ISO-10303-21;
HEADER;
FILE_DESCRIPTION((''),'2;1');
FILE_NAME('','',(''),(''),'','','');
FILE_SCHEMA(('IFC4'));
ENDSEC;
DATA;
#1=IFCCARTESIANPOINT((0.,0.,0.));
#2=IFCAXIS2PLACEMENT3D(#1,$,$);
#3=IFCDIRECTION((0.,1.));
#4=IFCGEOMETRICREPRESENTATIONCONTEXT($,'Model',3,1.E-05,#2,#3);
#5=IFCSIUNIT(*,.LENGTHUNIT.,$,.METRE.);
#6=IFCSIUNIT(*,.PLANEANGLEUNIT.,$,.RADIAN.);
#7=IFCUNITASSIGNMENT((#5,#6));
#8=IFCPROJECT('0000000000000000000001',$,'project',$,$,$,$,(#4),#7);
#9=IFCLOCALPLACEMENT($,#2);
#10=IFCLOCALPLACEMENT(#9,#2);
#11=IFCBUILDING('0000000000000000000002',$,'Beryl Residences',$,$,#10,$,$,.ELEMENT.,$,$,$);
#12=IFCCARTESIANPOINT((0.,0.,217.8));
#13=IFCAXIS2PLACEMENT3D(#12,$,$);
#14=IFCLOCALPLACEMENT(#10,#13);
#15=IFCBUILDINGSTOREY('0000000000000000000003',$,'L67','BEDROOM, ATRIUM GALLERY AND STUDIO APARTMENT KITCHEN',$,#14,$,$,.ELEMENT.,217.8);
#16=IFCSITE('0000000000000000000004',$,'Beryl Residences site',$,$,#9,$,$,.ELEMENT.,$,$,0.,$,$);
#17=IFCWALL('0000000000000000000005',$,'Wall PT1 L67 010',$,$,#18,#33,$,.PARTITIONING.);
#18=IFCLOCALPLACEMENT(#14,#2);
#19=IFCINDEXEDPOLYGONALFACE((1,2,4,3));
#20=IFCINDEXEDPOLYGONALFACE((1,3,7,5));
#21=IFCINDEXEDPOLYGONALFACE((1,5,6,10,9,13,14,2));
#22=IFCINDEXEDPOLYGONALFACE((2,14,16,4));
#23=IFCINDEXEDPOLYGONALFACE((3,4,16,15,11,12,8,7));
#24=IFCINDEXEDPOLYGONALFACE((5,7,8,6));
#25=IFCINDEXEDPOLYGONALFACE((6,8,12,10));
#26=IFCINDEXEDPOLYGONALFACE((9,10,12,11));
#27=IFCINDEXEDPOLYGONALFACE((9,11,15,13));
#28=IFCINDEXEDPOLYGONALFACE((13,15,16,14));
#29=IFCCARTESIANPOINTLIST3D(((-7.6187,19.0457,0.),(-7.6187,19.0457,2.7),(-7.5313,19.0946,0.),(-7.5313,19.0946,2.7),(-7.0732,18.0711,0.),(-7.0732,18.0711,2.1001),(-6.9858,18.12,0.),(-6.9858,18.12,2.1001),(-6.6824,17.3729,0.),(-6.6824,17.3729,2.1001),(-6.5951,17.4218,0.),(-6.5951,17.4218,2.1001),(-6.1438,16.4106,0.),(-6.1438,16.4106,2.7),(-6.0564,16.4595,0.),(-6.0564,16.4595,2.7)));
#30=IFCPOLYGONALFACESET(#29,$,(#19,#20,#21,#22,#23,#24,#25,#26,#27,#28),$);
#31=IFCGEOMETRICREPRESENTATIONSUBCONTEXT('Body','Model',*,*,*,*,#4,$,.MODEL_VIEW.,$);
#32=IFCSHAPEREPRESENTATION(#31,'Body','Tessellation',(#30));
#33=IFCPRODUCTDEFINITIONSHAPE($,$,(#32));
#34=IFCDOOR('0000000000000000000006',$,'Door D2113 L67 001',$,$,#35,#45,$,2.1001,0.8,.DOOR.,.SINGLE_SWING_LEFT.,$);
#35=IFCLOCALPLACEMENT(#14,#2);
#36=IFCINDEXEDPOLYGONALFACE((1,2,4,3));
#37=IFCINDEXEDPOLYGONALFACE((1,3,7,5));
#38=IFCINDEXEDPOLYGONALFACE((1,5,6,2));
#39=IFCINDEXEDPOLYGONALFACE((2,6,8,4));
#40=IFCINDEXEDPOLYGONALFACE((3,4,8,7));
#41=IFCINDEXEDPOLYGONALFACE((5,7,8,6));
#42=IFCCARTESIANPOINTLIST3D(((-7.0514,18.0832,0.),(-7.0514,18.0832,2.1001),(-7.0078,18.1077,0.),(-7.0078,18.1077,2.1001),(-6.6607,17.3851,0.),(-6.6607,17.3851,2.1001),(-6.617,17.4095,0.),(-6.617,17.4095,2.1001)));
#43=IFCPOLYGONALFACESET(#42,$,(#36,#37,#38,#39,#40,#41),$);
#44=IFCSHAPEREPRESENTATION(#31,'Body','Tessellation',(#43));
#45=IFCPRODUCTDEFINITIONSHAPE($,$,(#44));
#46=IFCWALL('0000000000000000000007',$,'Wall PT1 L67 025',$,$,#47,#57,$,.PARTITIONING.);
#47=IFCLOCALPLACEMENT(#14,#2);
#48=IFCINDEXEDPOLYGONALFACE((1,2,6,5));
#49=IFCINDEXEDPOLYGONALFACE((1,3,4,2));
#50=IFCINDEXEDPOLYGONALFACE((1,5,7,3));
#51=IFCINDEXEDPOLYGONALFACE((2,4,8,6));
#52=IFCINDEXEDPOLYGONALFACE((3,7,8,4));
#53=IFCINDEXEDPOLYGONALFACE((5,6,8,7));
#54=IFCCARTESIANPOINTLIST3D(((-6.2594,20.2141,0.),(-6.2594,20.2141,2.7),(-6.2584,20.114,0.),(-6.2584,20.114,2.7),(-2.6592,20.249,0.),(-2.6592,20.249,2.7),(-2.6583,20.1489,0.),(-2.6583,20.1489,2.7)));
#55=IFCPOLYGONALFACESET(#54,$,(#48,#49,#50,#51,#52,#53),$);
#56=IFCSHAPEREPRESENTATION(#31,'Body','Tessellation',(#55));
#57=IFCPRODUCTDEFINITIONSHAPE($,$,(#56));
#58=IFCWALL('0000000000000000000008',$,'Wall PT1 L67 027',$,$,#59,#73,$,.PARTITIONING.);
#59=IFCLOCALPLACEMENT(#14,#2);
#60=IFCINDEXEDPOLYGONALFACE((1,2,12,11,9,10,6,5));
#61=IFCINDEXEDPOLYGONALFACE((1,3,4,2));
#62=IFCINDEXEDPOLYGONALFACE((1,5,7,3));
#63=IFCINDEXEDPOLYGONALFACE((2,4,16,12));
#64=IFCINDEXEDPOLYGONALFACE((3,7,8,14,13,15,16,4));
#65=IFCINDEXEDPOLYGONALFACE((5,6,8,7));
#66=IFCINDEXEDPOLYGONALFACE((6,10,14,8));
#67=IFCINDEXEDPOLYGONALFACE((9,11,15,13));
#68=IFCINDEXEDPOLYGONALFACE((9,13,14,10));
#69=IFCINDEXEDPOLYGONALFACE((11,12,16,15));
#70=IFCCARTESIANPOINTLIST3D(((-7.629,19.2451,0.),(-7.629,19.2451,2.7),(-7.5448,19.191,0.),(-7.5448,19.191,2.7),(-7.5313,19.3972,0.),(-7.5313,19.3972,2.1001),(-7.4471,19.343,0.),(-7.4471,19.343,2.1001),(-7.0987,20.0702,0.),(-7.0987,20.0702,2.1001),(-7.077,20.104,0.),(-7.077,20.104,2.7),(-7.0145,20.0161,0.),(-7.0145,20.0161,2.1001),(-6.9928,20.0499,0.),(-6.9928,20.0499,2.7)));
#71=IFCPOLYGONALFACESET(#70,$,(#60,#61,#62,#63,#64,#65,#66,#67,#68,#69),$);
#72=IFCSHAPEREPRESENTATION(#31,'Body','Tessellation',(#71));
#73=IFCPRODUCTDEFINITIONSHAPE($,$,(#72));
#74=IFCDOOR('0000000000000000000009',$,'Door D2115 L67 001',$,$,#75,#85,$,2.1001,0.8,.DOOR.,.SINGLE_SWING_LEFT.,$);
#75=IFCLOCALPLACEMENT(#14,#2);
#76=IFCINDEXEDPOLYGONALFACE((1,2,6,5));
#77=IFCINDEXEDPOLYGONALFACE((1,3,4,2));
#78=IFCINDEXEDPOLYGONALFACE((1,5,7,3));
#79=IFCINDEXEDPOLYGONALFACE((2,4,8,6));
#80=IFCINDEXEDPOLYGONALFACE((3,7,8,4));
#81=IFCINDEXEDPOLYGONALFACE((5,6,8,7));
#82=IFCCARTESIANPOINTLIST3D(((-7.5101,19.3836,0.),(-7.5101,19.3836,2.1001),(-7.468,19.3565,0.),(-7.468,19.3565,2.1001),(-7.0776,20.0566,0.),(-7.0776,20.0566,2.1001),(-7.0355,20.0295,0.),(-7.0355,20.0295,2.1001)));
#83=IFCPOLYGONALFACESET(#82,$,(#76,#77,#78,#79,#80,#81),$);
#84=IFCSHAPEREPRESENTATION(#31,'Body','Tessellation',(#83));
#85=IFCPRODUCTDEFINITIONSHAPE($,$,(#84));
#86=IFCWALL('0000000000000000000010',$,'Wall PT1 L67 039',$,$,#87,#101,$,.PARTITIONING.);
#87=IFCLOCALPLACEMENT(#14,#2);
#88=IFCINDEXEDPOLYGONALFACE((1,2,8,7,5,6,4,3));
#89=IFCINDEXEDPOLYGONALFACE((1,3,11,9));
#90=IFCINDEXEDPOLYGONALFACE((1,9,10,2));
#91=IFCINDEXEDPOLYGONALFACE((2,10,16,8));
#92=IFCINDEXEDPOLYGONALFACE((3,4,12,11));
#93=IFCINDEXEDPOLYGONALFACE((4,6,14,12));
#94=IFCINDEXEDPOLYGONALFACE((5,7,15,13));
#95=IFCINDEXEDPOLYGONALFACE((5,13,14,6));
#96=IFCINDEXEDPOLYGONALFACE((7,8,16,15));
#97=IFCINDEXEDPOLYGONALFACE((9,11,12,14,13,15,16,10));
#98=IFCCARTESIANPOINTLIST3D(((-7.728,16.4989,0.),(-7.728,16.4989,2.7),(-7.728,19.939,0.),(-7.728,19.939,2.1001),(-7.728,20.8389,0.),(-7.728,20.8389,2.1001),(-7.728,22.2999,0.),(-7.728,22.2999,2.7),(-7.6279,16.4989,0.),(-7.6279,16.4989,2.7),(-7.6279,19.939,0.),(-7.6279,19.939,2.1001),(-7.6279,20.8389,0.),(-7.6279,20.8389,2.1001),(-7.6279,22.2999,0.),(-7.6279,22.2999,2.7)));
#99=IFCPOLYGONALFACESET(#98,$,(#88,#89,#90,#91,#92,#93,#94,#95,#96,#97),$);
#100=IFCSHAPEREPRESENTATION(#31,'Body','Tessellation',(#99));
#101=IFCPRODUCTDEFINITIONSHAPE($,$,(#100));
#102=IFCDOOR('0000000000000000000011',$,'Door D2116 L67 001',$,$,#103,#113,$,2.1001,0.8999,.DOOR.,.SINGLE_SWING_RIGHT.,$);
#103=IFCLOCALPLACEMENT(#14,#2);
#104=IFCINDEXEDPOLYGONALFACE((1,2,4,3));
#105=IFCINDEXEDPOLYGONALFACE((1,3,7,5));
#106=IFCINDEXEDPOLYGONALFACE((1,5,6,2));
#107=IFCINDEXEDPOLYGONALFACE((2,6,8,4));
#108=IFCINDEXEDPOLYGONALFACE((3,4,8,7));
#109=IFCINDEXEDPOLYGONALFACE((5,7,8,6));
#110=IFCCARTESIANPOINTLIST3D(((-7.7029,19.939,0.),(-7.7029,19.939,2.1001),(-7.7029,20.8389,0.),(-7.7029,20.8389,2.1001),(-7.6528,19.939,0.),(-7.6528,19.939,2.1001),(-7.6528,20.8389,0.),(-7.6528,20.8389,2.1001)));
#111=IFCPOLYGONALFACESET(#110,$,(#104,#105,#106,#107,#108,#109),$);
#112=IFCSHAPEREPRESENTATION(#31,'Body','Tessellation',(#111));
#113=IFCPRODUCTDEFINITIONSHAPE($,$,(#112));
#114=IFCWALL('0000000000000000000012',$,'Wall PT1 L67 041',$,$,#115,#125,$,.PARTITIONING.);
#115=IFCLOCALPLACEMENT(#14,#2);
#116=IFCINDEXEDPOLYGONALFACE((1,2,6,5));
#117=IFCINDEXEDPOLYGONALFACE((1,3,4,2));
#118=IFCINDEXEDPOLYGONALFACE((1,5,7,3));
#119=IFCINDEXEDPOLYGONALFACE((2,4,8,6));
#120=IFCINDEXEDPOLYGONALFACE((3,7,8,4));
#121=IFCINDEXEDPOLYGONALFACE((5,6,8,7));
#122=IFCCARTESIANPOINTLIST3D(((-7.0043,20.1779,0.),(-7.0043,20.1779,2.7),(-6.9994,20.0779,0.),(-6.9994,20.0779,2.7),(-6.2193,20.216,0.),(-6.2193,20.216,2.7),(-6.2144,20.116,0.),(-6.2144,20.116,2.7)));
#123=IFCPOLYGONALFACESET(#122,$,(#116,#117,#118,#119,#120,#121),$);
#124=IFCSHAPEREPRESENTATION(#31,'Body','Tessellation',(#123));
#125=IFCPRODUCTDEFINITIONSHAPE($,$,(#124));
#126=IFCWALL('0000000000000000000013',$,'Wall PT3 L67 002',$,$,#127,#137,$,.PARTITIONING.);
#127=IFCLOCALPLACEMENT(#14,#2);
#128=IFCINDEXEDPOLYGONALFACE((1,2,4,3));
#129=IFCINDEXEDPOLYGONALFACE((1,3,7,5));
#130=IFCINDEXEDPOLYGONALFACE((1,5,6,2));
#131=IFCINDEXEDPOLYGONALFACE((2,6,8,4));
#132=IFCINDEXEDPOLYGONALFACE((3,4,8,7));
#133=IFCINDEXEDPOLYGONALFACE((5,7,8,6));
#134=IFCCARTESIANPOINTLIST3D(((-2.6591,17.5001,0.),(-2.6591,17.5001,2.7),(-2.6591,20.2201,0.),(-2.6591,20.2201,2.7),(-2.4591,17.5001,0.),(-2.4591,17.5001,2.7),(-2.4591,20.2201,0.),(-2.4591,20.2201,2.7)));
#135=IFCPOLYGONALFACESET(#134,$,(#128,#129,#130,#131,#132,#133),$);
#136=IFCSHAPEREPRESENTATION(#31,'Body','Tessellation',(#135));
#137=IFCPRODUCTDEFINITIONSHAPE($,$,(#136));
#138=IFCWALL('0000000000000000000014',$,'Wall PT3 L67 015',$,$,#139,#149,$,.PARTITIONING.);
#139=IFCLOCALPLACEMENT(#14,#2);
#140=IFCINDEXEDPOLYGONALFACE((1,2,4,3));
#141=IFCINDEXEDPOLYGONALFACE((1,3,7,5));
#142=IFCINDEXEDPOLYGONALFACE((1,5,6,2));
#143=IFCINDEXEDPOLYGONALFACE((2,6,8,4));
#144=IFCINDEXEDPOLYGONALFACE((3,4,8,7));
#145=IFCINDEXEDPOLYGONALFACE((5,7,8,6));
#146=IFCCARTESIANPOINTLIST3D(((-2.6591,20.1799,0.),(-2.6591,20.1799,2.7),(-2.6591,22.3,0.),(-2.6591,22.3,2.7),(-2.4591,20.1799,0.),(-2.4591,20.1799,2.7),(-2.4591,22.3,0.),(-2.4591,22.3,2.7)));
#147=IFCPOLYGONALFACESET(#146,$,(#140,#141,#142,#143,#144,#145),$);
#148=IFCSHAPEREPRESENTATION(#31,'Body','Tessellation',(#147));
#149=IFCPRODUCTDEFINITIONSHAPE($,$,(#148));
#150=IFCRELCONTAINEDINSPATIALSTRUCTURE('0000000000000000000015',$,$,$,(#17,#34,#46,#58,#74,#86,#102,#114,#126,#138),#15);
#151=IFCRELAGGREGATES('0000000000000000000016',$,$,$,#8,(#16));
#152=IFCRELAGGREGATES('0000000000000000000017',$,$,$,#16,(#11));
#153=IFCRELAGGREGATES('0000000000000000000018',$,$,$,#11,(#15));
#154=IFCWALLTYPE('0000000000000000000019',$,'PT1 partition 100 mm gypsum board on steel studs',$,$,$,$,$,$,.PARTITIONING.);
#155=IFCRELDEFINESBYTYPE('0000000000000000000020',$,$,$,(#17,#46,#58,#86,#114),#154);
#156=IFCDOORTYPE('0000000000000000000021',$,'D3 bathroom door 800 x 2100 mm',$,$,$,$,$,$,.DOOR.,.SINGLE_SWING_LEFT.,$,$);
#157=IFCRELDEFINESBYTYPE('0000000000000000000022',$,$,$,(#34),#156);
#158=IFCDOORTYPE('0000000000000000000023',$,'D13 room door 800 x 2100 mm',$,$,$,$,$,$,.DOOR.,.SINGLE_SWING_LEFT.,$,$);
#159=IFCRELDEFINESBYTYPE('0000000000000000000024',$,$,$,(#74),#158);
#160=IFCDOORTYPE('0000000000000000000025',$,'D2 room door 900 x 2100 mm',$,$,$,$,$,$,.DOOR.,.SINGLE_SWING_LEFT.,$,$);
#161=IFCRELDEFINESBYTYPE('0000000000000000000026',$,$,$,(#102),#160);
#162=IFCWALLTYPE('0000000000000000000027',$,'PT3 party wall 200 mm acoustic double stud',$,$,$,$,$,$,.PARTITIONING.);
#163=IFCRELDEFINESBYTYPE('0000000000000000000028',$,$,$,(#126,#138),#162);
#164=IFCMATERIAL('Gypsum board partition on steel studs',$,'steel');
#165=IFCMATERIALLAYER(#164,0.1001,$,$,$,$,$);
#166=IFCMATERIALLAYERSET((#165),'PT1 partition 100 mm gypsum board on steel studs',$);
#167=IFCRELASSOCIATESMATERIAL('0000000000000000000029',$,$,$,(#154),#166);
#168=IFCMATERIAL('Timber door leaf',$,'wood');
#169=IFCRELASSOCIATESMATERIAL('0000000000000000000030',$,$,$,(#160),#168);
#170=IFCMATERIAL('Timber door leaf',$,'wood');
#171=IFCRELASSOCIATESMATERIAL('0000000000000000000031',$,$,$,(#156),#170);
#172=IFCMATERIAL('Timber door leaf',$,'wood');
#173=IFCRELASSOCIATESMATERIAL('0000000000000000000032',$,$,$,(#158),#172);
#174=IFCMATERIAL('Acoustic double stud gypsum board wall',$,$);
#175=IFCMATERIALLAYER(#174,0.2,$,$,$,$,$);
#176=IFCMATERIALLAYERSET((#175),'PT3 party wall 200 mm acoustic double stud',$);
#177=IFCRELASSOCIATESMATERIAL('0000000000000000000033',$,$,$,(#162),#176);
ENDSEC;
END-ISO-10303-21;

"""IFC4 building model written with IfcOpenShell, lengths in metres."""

from ifc_helpers import new_model, si_unit, direction, frame, frame_2d, origin, place, context, subcontext, project, spatial, rectangle, extrude, material, layer, layer_set, type_object, element, fill, save


model = new_model("IFC4")

# Units and contexts
model_context = context("Model", 3, precision=1e-05, world=origin(), true_north=direction((0.0, 1.0)))
body_context = subcontext(model_context, "Body", "Model", "MODEL_VIEW")
ifc_project = project(units=[si_unit("LENGTHUNIT", "METRE"), si_unit("PLANEANGLEUNIT", "RADIAN")], contexts=[model_context])

# Site, building, storey
site_placement = place(None, origin())
site = spatial("IfcSite", under=ifc_project, at=site_placement, Name="Beryl Residences site", CompositionType="ELEMENT", RefElevation=0.0)
building_placement = place(site_placement, origin())
building = spatial("IfcBuilding", under=site, at=building_placement, Name="Beryl Residences", CompositionType="ELEMENT")
storey_placement = place(building_placement, frame((0.0, 0.0, 217.8)))
storey = spatial("IfcBuildingStorey", under=building, at=storey_placement, Name="L67", Description="BEDROOM, ATRIUM GALLERY AND STUDIO APARTMENT KITCHEN", CompositionType="ELEMENT", Elevation=217.8)

# Shared definitions
ifc_material_1 = material(Name="Gypsum board partition on steel studs", Category="steel")
ifc_layer_1 = layer(ifc_material_1, 0.1001)
ifc_layer_set_1 = layer_set([ifc_layer_1], Name="PT1 partition 100 mm gypsum board on steel studs")
wall_type_1 = type_object("IfcWallType", Name="PT1 partition 100 mm gypsum board on steel studs", PredefinedType="PARTITIONING", material=ifc_layer_set_1)

# Wall, opening, door
ifc_material_2 = material(Name="Timber door leaf", Category="wood")
door_type_1 = type_object("IfcDoorType", Name="D2 room door 900 x 2100 mm", OperationType="SINGLE_SWING_LEFT", PredefinedType="DOOR", material=ifc_material_2)
wall_1_placement = place(storey_placement, frame((-7.575, 19.0701, 0.0), z_axis=(0.0, 0.0, 1.0), x_axis=(0.488414, -0.872612, 0.0)))
wall_1 = element("IfcWall", 1, at=wall_1_placement, inside=storey, type_object=wall_type_1, Name="Wall PT1 L67 010", PredefinedType="PARTITIONING", context=body_context, shape_type="SweptSolid", body=[
    extrude(rectangle(XDim=3.0198, YDim=0.1001, at=frame_2d((1.5098, 0.0))), origin(), (0.0, 0.0, 1.0), 2.7),
])
opening_1_placement = place(wall_1_placement, frame((1.1169, 0.0, 0.0)))
opening_1 = element("IfcOpeningElement", 2, at=opening_1_placement, cuts=wall_1, PredefinedType="OPENING", context=body_context, shape_type="SweptSolid", body=[
    extrude(rectangle(XDim=0.8, YDim=2.1001, at=frame_2d((0.3999, 1.05))), frame((0.0, 0.0601, 0.0), z_axis=(0.0, -1.0, 0.0), x_axis=(1.0, 0.0, 0.0)), (0.0, 0.0, 1.0), 0.1201),
])
ifc_material_3 = material(Name="Timber door leaf", Category="wood")
door_type_2 = type_object("IfcDoorType", Name="D3 bathroom door 800 x 2100 mm", OperationType="SINGLE_SWING_LEFT", PredefinedType="DOOR", material=ifc_material_3)
door_1_placement = place(opening_1_placement, origin())
door_1 = element("IfcDoor", 3, at=door_1_placement, inside=storey, type_object=door_type_2, Name="Door D2113 L67 001", OperationType="SINGLE_SWING_LEFT", OverallHeight=2.1001, OverallWidth=0.8, PredefinedType="DOOR", context=body_context, shape_type="SweptSolid", body=[
    extrude(rectangle(XDim=0.8, YDim=2.1001, at=frame_2d((0.3999, 1.05))), frame((0.0, 0.0249, 0.0), z_axis=(0.0, -1.0, 0.0), x_axis=(1.0, 0.0, 0.0)), (0.0, 0.0, 1.0), 0.05),
])
fill(opening_1, door_1)

# Wall
wall_2_placement = place(storey_placement, frame((-6.259, 20.1641, 0.0), z_axis=(0.0, 0.0, 1.0), x_axis=(0.999953, 0.009697, 0.0)))
element("IfcWall", 4, at=wall_2_placement, inside=storey, type_object=wall_type_1, Name="Wall PT1 L67 025", PredefinedType="PARTITIONING", context=body_context, shape_type="SweptSolid", body=[
    extrude(rectangle(XDim=3.6003, YDim=0.1001, at=frame_2d((1.8003, 0.0))), origin(), (0.0, 0.0, 1.0), 2.7),
])

# Walls, openings, doors
wall_3_placement = place(storey_placement, frame((-7.5869, 19.218, 0.0), z_axis=(0.0, 0.0, 1.0), x_axis=(0.540661, 0.841241, 0.0)))
wall_3 = element("IfcWall", 5, at=wall_3_placement, inside=storey, type_object=wall_type_1, Name="Wall PT1 L67 027", PredefinedType="PARTITIONING", context=body_context, shape_type="SweptSolid", body=[
    extrude(rectangle(XDim=1.021, YDim=0.1001, at=frame_2d((0.5105, 0.0))), origin(), (0.0, 0.0, 1.0), 2.7),
])
opening_2_placement = place(wall_3_placement, frame((0.1809, 0.0, 0.0)))
opening_2 = element("IfcOpeningElement", 6, at=opening_2_placement, cuts=wall_3, PredefinedType="OPENING", context=body_context, shape_type="SweptSolid", body=[
    extrude(rectangle(XDim=0.8, YDim=2.1001, at=frame_2d((0.3999, 1.05))), frame((0.0, 0.0601, 0.0), z_axis=(0.0, -1.0, 0.0), x_axis=(1.0, 0.0, 0.0)), (0.0, 0.0, 1.0), 0.1201),
])
ifc_material_4 = material(Name="Timber door leaf", Category="wood")
door_type_3 = type_object("IfcDoorType", Name="D13 room door 800 x 2100 mm", OperationType="SINGLE_SWING_LEFT", PredefinedType="DOOR", material=ifc_material_4)
door_2_placement = place(opening_2_placement, origin())
door_2 = element("IfcDoor", 7, at=door_2_placement, inside=storey, type_object=door_type_3, Name="Door D2115 L67 001", OperationType="SINGLE_SWING_LEFT", OverallHeight=2.1001, OverallWidth=0.8, PredefinedType="DOOR", context=body_context, shape_type="SweptSolid", body=[
    extrude(rectangle(XDim=0.8, YDim=2.1001, at=frame_2d((0.3999, 1.05))), frame((0.0, 0.0249, 0.0), z_axis=(0.0, -1.0, 0.0), x_axis=(1.0, 0.0, 0.0)), (0.0, 0.0, 1.0), 0.05),
])
fill(opening_2, door_2)
wall_4_placement = place(storey_placement, frame((-7.678, 16.499, 0.0), z_axis=(0.0, 0.0, 1.0), x_axis=(0.0, 1.0, 0.0)))
wall_4 = element("IfcWall", 8, at=wall_4_placement, inside=storey, type_object=wall_type_1, Name="Wall PT1 L67 039", PredefinedType="PARTITIONING", context=body_context, shape_type="SweptSolid", body=[
    extrude(rectangle(XDim=5.801, YDim=0.1001, at=frame_2d((2.9004, 0.0))), origin(), (0.0, 0.0, 1.0), 2.7),
])
opening_3_placement = place(wall_4_placement, frame((3.4399, 0.0, 0.0)))
opening_3 = element("IfcOpeningElement", 9, at=opening_3_placement, cuts=wall_4, PredefinedType="OPENING", context=body_context, shape_type="SweptSolid", body=[
    extrude(rectangle(XDim=0.8999, YDim=2.1001, at=frame_2d((0.45, 1.05))), frame((0.0, 0.0601, 0.0), z_axis=(0.0, -1.0, 0.0), x_axis=(1.0, 0.0, 0.0)), (0.0, 0.0, 1.0), 0.1201),
])
door_3_placement = place(opening_3_placement, origin())
door_3 = element("IfcDoor", 10, at=door_3_placement, inside=storey, type_object=door_type_1, Name="Door D2116 L67 001", OperationType="SINGLE_SWING_RIGHT", OverallHeight=2.1001, OverallWidth=0.8999, PredefinedType="DOOR", context=body_context, shape_type="SweptSolid", body=[
    extrude(rectangle(XDim=0.8999, YDim=2.1001, at=frame_2d((0.45, 1.05))), frame((0.0, 0.0249, 0.0), z_axis=(0.0, -1.0, 0.0), x_axis=(1.0, 0.0, 0.0)), (0.0, 0.0, 1.0), 0.05),
])
fill(opening_3, door_3)

# Walls
wall_5_placement = place(storey_placement, frame((-7.002, 20.1279, 0.0), z_axis=(0.0, 0.0, 1.0), x_axis=(0.998825, 0.048466, 0.0)))
element("IfcWall", 11, at=wall_5_placement, inside=storey, type_object=wall_type_1, Name="Wall PT1 L67 041", PredefinedType="PARTITIONING", context=body_context, shape_type="SweptSolid", body=[
    extrude(rectangle(XDim=0.7859, YDim=0.1001, at=frame_2d((0.3931, 0.0))), origin(), (0.0, 0.0, 1.0), 2.7),
])
ifc_material_5 = material(Name="Acoustic double stud gypsum board wall")
ifc_layer_2 = layer(ifc_material_5, 0.2)
ifc_layer_set_2 = layer_set([ifc_layer_2], Name="PT3 party wall 200 mm acoustic double stud")
wall_type_2 = type_object("IfcWallType", Name="PT3 party wall 200 mm acoustic double stud", PredefinedType="PARTITIONING", material=ifc_layer_set_2)
wall_6_placement = place(storey_placement, frame((-2.5591, 20.22, 0.0), z_axis=(0.0, 0.0, 1.0), x_axis=(0.0, -1.0, 0.0)))
element("IfcWall", 12, at=wall_6_placement, inside=storey, type_object=wall_type_2, Name="Wall PT3 L67 002", PredefinedType="PARTITIONING", context=body_context, shape_type="SweptSolid", body=[
    extrude(rectangle(XDim=2.72, YDim=0.2, at=frame_2d((1.3599, 0.0))), origin(), (0.0, 0.0, 1.0), 2.7),
])
wall_7_placement = place(storey_placement, frame((-2.5591, 20.1799, 0.0), z_axis=(0.0, 0.0, 1.0), x_axis=(0.0, 1.0, 0.0)))
element("IfcWall", 13, at=wall_7_placement, inside=storey, type_object=wall_type_2, Name="Wall PT3 L67 015", PredefinedType="PARTITIONING", context=body_context, shape_type="SweptSolid", body=[
    extrude(rectangle(XDim=2.1201, YDim=0.2, at=frame_2d((1.0601, 0.0))), origin(), (0.0, 0.0, 1.0), 2.7),
])

save(model, "model.ifc")
